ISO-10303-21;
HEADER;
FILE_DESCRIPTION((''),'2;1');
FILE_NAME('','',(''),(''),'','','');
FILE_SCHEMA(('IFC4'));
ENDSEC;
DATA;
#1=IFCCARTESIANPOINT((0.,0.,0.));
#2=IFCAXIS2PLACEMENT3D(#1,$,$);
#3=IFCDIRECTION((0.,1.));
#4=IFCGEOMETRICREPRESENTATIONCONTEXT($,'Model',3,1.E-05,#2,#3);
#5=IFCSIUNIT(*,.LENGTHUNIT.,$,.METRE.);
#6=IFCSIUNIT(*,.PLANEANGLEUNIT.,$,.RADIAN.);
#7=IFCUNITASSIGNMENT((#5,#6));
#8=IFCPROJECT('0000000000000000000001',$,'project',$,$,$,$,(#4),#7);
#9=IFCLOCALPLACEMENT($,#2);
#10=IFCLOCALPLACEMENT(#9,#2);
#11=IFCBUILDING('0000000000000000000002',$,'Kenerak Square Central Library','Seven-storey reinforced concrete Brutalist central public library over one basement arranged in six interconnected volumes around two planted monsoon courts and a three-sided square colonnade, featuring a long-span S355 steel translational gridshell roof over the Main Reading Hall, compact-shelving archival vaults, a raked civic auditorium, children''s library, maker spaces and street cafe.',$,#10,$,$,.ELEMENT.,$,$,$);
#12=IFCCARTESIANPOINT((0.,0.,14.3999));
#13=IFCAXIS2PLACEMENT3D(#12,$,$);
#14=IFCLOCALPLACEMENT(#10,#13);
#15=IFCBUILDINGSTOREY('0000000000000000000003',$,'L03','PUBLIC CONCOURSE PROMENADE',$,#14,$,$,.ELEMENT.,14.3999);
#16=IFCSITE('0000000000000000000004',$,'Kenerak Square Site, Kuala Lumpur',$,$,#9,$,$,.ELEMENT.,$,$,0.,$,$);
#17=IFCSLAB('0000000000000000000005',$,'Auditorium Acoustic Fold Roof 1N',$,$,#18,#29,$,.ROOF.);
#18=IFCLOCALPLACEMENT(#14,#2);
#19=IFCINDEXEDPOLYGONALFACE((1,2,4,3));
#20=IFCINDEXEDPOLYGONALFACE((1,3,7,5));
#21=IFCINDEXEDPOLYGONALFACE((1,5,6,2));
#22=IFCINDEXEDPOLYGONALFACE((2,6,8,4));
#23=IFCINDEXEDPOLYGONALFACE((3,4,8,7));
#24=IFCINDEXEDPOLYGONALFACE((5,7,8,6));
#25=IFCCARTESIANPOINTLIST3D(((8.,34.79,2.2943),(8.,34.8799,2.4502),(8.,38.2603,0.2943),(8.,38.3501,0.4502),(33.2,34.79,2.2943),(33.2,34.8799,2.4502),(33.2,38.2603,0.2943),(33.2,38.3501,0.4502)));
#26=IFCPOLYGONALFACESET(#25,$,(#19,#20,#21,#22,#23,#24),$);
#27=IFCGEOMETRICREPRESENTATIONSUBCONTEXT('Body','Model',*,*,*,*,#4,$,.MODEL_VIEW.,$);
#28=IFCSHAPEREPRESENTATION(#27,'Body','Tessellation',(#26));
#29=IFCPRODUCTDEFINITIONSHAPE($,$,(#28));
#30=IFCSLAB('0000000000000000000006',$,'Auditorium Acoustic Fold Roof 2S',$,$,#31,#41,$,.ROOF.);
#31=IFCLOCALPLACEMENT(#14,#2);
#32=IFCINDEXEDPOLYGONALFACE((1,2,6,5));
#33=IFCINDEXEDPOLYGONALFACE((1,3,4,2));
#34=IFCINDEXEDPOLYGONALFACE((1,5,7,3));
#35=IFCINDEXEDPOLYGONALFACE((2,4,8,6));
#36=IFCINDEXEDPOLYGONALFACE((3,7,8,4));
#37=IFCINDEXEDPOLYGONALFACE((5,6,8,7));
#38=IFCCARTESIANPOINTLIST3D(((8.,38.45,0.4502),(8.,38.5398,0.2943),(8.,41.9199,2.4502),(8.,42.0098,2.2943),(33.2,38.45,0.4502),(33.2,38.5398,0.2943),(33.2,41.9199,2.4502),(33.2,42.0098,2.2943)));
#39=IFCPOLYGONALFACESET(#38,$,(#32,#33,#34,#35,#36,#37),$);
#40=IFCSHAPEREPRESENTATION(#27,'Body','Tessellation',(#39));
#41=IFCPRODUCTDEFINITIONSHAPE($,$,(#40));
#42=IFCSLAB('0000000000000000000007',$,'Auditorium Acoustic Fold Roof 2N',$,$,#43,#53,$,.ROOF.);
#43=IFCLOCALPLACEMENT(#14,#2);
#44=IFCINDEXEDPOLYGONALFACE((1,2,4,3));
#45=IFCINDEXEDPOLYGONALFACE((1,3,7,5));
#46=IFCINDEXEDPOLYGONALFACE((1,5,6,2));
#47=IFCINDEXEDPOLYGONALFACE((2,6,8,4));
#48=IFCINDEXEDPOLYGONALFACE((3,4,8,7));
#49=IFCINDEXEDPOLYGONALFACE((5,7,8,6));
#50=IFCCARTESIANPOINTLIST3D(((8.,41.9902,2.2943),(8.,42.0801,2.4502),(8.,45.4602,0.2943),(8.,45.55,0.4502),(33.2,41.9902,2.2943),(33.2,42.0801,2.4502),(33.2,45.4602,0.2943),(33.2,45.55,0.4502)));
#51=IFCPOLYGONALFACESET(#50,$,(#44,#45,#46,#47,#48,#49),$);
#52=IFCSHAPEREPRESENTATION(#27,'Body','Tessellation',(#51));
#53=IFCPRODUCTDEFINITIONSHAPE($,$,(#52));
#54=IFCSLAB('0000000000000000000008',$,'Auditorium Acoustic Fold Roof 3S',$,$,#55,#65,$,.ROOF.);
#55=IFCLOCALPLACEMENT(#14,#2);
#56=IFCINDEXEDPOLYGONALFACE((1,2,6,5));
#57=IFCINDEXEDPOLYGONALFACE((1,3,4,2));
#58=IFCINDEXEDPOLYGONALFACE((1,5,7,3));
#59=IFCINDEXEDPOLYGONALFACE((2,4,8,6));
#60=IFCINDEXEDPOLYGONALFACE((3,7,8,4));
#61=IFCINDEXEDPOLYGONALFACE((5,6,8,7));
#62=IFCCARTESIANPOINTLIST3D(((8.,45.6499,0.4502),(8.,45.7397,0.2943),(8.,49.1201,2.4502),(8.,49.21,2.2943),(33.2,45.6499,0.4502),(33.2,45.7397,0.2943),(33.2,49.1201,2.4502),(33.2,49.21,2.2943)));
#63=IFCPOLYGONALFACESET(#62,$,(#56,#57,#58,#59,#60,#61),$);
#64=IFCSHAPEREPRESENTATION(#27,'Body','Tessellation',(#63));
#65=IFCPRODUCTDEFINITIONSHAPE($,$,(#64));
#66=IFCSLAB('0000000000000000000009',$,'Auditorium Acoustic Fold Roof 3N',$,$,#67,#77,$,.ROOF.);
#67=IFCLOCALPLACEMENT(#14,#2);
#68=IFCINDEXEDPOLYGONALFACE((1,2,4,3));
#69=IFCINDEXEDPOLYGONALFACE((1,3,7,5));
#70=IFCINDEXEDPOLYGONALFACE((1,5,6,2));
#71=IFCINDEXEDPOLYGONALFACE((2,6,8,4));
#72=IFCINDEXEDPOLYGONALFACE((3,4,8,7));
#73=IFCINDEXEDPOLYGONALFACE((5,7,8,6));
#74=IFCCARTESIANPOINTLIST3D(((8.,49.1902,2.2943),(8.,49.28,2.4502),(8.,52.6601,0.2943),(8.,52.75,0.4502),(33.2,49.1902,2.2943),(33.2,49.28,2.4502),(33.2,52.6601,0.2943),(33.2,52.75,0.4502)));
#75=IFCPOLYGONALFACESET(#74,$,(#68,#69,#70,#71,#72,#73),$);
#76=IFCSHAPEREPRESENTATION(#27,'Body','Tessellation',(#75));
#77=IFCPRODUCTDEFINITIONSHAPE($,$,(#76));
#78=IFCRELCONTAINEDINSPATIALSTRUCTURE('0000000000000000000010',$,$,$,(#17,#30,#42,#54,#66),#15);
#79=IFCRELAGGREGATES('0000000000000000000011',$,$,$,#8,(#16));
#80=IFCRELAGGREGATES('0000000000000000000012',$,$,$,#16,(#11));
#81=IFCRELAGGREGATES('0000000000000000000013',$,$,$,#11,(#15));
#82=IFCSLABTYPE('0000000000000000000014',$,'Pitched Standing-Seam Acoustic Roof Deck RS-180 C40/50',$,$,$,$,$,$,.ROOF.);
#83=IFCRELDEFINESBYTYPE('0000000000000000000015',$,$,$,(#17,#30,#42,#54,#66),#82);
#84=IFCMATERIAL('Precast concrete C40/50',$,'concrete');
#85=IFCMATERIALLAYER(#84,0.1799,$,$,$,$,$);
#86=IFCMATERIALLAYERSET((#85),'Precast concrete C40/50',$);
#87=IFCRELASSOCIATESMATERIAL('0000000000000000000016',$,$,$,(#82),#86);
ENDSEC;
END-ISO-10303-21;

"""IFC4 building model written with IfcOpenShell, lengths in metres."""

from ifc_helpers import new_model, si_unit, direction, frame, origin, place, context, subcontext, project, spatial, polyline, outline, extrude, material, layer, layer_set, type_object, element, save


model = new_model("IFC4")

# Units and contexts
model_context = context("Model", 3, precision=1e-05, world=origin(), true_north=direction((0.0, 1.0)))
body_context = subcontext(model_context, "Body", "Model", "MODEL_VIEW")
ifc_project = project(units=[si_unit("LENGTHUNIT", "METRE"), si_unit("PLANEANGLEUNIT", "RADIAN")], contexts=[model_context])

# Site, building, storey
site_placement = place(None, origin())
site = spatial("IfcSite", under=ifc_project, at=site_placement, Name="Kenerak Square Site, Kuala Lumpur", CompositionType="ELEMENT", RefElevation=0.0)
building_placement = place(site_placement, origin())
building = spatial("IfcBuilding", under=site, at=building_placement, Name="Kenerak Square Central Library", Description="Seven-storey reinforced concrete Brutalist central public library over one basement arranged in six interconnected volumes around two planted monsoon courts and a three-sided square colonnade, featuring a long-span S355 steel translational gridshell roof over the Main Reading Hall, compact-shelving archival vaults, a raked civic auditorium, children's library, maker spaces and street cafe.", CompositionType="ELEMENT")
storey_placement = place(building_placement, frame((0.0, 0.0, 14.3999)))
storey = spatial("IfcBuildingStorey", under=building, at=storey_placement, Name="L03", Description="PUBLIC CONCOURSE PROMENADE", CompositionType="ELEMENT", Elevation=14.3999)

# Slabs
ifc_material_1 = material(Name="Precast concrete C40/50", Category="concrete")
ifc_layer_1 = layer(ifc_material_1, 0.1799)
ifc_layer_set_1 = layer_set([ifc_layer_1], Name="Precast concrete C40/50")
slab_type = type_object("IfcSlabType", Name="Pitched Standing-Seam Acoustic Roof Deck RS-180 C40/50", PredefinedType="ROOF", material=ifc_layer_set_1)
slab_1_placement = place(storey_placement, frame((8.0, 34.8799, 2.4502), z_axis=(0.0, 0.499339, 0.866407), x_axis=(1.0, 0.0, 0.0)))
element("IfcSlab", 1, at=slab_1_placement, inside=storey, type_object=slab_type, Name="Auditorium Acoustic Fold Roof 1N", PredefinedType="ROOF", context=body_context, shape_type="SweptSolid", body=[
    extrude(outline(polyline([(0.0, 0.0), (25.2, 0.0), (25.2, 4.0053), (0.0, 4.0053), (0.0, 0.0)])), origin(), (0.0, 0.0, -1.0), 0.1799),
])
for number, where, z_axis, x_axis, name in (
    (2, (8.0, 38.45, 0.4502), (0.0, -0.499365, 0.866392), (1.0, 0.0, 0.0), "Auditorium Acoustic Fold Roof 2S"),
    (3, (8.0, 42.0801, 2.4502), (0.0, 0.499365, 0.866392), (1.0, 0.0, 0.0), "Auditorium Acoustic Fold Roof 2N"),
):
    element("IfcSlab", number, at=place(storey_placement, frame(where, z_axis=z_axis, x_axis=x_axis)), inside=storey, type_object=slab_type, Name=name, PredefinedType="ROOF", context=body_context, shape_type="SweptSolid", body=[
        extrude(outline(polyline([(0.0, 0.0), (25.2, 0.0), (25.2, 4.0051), (0.0, 4.0051), (0.0, 0.0)])), origin(), (0.0, 0.0, -1.0), 0.1799),
    ])
slab_2_placement = place(storey_placement, frame((8.0, 45.6499, 0.4502), z_axis=(0.0, -0.499339, 0.866407), x_axis=(1.0, 0.0, 0.0)))
element("IfcSlab", 4, at=slab_2_placement, inside=storey, type_object=slab_type, Name="Auditorium Acoustic Fold Roof 3S", PredefinedType="ROOF", context=body_context, shape_type="SweptSolid", body=[
    extrude(outline(polyline([(0.0, 0.0), (25.2, 0.0), (25.2, 4.0053), (0.0, 4.0053), (0.0, 0.0)])), origin(), (0.0, 0.0, -1.0), 0.1799),
])
slab_3_placement = place(storey_placement, frame((8.0, 49.28, 2.4502), z_axis=(0.0, 0.499365, 0.866392), x_axis=(1.0, 0.0, 0.0)))
element("IfcSlab", 5, at=slab_3_placement, inside=storey, type_object=slab_type, Name="Auditorium Acoustic Fold Roof 3N", PredefinedType="ROOF", context=body_context, shape_type="SweptSolid", body=[
    extrude(outline(polyline([(0.0, 0.0), (25.2, 0.0), (25.2, 4.0051), (0.0, 4.0051), (0.0, 0.0)])), origin(), (0.0, 0.0, -1.0), 0.1799),
])

save(model, "model.ifc")
